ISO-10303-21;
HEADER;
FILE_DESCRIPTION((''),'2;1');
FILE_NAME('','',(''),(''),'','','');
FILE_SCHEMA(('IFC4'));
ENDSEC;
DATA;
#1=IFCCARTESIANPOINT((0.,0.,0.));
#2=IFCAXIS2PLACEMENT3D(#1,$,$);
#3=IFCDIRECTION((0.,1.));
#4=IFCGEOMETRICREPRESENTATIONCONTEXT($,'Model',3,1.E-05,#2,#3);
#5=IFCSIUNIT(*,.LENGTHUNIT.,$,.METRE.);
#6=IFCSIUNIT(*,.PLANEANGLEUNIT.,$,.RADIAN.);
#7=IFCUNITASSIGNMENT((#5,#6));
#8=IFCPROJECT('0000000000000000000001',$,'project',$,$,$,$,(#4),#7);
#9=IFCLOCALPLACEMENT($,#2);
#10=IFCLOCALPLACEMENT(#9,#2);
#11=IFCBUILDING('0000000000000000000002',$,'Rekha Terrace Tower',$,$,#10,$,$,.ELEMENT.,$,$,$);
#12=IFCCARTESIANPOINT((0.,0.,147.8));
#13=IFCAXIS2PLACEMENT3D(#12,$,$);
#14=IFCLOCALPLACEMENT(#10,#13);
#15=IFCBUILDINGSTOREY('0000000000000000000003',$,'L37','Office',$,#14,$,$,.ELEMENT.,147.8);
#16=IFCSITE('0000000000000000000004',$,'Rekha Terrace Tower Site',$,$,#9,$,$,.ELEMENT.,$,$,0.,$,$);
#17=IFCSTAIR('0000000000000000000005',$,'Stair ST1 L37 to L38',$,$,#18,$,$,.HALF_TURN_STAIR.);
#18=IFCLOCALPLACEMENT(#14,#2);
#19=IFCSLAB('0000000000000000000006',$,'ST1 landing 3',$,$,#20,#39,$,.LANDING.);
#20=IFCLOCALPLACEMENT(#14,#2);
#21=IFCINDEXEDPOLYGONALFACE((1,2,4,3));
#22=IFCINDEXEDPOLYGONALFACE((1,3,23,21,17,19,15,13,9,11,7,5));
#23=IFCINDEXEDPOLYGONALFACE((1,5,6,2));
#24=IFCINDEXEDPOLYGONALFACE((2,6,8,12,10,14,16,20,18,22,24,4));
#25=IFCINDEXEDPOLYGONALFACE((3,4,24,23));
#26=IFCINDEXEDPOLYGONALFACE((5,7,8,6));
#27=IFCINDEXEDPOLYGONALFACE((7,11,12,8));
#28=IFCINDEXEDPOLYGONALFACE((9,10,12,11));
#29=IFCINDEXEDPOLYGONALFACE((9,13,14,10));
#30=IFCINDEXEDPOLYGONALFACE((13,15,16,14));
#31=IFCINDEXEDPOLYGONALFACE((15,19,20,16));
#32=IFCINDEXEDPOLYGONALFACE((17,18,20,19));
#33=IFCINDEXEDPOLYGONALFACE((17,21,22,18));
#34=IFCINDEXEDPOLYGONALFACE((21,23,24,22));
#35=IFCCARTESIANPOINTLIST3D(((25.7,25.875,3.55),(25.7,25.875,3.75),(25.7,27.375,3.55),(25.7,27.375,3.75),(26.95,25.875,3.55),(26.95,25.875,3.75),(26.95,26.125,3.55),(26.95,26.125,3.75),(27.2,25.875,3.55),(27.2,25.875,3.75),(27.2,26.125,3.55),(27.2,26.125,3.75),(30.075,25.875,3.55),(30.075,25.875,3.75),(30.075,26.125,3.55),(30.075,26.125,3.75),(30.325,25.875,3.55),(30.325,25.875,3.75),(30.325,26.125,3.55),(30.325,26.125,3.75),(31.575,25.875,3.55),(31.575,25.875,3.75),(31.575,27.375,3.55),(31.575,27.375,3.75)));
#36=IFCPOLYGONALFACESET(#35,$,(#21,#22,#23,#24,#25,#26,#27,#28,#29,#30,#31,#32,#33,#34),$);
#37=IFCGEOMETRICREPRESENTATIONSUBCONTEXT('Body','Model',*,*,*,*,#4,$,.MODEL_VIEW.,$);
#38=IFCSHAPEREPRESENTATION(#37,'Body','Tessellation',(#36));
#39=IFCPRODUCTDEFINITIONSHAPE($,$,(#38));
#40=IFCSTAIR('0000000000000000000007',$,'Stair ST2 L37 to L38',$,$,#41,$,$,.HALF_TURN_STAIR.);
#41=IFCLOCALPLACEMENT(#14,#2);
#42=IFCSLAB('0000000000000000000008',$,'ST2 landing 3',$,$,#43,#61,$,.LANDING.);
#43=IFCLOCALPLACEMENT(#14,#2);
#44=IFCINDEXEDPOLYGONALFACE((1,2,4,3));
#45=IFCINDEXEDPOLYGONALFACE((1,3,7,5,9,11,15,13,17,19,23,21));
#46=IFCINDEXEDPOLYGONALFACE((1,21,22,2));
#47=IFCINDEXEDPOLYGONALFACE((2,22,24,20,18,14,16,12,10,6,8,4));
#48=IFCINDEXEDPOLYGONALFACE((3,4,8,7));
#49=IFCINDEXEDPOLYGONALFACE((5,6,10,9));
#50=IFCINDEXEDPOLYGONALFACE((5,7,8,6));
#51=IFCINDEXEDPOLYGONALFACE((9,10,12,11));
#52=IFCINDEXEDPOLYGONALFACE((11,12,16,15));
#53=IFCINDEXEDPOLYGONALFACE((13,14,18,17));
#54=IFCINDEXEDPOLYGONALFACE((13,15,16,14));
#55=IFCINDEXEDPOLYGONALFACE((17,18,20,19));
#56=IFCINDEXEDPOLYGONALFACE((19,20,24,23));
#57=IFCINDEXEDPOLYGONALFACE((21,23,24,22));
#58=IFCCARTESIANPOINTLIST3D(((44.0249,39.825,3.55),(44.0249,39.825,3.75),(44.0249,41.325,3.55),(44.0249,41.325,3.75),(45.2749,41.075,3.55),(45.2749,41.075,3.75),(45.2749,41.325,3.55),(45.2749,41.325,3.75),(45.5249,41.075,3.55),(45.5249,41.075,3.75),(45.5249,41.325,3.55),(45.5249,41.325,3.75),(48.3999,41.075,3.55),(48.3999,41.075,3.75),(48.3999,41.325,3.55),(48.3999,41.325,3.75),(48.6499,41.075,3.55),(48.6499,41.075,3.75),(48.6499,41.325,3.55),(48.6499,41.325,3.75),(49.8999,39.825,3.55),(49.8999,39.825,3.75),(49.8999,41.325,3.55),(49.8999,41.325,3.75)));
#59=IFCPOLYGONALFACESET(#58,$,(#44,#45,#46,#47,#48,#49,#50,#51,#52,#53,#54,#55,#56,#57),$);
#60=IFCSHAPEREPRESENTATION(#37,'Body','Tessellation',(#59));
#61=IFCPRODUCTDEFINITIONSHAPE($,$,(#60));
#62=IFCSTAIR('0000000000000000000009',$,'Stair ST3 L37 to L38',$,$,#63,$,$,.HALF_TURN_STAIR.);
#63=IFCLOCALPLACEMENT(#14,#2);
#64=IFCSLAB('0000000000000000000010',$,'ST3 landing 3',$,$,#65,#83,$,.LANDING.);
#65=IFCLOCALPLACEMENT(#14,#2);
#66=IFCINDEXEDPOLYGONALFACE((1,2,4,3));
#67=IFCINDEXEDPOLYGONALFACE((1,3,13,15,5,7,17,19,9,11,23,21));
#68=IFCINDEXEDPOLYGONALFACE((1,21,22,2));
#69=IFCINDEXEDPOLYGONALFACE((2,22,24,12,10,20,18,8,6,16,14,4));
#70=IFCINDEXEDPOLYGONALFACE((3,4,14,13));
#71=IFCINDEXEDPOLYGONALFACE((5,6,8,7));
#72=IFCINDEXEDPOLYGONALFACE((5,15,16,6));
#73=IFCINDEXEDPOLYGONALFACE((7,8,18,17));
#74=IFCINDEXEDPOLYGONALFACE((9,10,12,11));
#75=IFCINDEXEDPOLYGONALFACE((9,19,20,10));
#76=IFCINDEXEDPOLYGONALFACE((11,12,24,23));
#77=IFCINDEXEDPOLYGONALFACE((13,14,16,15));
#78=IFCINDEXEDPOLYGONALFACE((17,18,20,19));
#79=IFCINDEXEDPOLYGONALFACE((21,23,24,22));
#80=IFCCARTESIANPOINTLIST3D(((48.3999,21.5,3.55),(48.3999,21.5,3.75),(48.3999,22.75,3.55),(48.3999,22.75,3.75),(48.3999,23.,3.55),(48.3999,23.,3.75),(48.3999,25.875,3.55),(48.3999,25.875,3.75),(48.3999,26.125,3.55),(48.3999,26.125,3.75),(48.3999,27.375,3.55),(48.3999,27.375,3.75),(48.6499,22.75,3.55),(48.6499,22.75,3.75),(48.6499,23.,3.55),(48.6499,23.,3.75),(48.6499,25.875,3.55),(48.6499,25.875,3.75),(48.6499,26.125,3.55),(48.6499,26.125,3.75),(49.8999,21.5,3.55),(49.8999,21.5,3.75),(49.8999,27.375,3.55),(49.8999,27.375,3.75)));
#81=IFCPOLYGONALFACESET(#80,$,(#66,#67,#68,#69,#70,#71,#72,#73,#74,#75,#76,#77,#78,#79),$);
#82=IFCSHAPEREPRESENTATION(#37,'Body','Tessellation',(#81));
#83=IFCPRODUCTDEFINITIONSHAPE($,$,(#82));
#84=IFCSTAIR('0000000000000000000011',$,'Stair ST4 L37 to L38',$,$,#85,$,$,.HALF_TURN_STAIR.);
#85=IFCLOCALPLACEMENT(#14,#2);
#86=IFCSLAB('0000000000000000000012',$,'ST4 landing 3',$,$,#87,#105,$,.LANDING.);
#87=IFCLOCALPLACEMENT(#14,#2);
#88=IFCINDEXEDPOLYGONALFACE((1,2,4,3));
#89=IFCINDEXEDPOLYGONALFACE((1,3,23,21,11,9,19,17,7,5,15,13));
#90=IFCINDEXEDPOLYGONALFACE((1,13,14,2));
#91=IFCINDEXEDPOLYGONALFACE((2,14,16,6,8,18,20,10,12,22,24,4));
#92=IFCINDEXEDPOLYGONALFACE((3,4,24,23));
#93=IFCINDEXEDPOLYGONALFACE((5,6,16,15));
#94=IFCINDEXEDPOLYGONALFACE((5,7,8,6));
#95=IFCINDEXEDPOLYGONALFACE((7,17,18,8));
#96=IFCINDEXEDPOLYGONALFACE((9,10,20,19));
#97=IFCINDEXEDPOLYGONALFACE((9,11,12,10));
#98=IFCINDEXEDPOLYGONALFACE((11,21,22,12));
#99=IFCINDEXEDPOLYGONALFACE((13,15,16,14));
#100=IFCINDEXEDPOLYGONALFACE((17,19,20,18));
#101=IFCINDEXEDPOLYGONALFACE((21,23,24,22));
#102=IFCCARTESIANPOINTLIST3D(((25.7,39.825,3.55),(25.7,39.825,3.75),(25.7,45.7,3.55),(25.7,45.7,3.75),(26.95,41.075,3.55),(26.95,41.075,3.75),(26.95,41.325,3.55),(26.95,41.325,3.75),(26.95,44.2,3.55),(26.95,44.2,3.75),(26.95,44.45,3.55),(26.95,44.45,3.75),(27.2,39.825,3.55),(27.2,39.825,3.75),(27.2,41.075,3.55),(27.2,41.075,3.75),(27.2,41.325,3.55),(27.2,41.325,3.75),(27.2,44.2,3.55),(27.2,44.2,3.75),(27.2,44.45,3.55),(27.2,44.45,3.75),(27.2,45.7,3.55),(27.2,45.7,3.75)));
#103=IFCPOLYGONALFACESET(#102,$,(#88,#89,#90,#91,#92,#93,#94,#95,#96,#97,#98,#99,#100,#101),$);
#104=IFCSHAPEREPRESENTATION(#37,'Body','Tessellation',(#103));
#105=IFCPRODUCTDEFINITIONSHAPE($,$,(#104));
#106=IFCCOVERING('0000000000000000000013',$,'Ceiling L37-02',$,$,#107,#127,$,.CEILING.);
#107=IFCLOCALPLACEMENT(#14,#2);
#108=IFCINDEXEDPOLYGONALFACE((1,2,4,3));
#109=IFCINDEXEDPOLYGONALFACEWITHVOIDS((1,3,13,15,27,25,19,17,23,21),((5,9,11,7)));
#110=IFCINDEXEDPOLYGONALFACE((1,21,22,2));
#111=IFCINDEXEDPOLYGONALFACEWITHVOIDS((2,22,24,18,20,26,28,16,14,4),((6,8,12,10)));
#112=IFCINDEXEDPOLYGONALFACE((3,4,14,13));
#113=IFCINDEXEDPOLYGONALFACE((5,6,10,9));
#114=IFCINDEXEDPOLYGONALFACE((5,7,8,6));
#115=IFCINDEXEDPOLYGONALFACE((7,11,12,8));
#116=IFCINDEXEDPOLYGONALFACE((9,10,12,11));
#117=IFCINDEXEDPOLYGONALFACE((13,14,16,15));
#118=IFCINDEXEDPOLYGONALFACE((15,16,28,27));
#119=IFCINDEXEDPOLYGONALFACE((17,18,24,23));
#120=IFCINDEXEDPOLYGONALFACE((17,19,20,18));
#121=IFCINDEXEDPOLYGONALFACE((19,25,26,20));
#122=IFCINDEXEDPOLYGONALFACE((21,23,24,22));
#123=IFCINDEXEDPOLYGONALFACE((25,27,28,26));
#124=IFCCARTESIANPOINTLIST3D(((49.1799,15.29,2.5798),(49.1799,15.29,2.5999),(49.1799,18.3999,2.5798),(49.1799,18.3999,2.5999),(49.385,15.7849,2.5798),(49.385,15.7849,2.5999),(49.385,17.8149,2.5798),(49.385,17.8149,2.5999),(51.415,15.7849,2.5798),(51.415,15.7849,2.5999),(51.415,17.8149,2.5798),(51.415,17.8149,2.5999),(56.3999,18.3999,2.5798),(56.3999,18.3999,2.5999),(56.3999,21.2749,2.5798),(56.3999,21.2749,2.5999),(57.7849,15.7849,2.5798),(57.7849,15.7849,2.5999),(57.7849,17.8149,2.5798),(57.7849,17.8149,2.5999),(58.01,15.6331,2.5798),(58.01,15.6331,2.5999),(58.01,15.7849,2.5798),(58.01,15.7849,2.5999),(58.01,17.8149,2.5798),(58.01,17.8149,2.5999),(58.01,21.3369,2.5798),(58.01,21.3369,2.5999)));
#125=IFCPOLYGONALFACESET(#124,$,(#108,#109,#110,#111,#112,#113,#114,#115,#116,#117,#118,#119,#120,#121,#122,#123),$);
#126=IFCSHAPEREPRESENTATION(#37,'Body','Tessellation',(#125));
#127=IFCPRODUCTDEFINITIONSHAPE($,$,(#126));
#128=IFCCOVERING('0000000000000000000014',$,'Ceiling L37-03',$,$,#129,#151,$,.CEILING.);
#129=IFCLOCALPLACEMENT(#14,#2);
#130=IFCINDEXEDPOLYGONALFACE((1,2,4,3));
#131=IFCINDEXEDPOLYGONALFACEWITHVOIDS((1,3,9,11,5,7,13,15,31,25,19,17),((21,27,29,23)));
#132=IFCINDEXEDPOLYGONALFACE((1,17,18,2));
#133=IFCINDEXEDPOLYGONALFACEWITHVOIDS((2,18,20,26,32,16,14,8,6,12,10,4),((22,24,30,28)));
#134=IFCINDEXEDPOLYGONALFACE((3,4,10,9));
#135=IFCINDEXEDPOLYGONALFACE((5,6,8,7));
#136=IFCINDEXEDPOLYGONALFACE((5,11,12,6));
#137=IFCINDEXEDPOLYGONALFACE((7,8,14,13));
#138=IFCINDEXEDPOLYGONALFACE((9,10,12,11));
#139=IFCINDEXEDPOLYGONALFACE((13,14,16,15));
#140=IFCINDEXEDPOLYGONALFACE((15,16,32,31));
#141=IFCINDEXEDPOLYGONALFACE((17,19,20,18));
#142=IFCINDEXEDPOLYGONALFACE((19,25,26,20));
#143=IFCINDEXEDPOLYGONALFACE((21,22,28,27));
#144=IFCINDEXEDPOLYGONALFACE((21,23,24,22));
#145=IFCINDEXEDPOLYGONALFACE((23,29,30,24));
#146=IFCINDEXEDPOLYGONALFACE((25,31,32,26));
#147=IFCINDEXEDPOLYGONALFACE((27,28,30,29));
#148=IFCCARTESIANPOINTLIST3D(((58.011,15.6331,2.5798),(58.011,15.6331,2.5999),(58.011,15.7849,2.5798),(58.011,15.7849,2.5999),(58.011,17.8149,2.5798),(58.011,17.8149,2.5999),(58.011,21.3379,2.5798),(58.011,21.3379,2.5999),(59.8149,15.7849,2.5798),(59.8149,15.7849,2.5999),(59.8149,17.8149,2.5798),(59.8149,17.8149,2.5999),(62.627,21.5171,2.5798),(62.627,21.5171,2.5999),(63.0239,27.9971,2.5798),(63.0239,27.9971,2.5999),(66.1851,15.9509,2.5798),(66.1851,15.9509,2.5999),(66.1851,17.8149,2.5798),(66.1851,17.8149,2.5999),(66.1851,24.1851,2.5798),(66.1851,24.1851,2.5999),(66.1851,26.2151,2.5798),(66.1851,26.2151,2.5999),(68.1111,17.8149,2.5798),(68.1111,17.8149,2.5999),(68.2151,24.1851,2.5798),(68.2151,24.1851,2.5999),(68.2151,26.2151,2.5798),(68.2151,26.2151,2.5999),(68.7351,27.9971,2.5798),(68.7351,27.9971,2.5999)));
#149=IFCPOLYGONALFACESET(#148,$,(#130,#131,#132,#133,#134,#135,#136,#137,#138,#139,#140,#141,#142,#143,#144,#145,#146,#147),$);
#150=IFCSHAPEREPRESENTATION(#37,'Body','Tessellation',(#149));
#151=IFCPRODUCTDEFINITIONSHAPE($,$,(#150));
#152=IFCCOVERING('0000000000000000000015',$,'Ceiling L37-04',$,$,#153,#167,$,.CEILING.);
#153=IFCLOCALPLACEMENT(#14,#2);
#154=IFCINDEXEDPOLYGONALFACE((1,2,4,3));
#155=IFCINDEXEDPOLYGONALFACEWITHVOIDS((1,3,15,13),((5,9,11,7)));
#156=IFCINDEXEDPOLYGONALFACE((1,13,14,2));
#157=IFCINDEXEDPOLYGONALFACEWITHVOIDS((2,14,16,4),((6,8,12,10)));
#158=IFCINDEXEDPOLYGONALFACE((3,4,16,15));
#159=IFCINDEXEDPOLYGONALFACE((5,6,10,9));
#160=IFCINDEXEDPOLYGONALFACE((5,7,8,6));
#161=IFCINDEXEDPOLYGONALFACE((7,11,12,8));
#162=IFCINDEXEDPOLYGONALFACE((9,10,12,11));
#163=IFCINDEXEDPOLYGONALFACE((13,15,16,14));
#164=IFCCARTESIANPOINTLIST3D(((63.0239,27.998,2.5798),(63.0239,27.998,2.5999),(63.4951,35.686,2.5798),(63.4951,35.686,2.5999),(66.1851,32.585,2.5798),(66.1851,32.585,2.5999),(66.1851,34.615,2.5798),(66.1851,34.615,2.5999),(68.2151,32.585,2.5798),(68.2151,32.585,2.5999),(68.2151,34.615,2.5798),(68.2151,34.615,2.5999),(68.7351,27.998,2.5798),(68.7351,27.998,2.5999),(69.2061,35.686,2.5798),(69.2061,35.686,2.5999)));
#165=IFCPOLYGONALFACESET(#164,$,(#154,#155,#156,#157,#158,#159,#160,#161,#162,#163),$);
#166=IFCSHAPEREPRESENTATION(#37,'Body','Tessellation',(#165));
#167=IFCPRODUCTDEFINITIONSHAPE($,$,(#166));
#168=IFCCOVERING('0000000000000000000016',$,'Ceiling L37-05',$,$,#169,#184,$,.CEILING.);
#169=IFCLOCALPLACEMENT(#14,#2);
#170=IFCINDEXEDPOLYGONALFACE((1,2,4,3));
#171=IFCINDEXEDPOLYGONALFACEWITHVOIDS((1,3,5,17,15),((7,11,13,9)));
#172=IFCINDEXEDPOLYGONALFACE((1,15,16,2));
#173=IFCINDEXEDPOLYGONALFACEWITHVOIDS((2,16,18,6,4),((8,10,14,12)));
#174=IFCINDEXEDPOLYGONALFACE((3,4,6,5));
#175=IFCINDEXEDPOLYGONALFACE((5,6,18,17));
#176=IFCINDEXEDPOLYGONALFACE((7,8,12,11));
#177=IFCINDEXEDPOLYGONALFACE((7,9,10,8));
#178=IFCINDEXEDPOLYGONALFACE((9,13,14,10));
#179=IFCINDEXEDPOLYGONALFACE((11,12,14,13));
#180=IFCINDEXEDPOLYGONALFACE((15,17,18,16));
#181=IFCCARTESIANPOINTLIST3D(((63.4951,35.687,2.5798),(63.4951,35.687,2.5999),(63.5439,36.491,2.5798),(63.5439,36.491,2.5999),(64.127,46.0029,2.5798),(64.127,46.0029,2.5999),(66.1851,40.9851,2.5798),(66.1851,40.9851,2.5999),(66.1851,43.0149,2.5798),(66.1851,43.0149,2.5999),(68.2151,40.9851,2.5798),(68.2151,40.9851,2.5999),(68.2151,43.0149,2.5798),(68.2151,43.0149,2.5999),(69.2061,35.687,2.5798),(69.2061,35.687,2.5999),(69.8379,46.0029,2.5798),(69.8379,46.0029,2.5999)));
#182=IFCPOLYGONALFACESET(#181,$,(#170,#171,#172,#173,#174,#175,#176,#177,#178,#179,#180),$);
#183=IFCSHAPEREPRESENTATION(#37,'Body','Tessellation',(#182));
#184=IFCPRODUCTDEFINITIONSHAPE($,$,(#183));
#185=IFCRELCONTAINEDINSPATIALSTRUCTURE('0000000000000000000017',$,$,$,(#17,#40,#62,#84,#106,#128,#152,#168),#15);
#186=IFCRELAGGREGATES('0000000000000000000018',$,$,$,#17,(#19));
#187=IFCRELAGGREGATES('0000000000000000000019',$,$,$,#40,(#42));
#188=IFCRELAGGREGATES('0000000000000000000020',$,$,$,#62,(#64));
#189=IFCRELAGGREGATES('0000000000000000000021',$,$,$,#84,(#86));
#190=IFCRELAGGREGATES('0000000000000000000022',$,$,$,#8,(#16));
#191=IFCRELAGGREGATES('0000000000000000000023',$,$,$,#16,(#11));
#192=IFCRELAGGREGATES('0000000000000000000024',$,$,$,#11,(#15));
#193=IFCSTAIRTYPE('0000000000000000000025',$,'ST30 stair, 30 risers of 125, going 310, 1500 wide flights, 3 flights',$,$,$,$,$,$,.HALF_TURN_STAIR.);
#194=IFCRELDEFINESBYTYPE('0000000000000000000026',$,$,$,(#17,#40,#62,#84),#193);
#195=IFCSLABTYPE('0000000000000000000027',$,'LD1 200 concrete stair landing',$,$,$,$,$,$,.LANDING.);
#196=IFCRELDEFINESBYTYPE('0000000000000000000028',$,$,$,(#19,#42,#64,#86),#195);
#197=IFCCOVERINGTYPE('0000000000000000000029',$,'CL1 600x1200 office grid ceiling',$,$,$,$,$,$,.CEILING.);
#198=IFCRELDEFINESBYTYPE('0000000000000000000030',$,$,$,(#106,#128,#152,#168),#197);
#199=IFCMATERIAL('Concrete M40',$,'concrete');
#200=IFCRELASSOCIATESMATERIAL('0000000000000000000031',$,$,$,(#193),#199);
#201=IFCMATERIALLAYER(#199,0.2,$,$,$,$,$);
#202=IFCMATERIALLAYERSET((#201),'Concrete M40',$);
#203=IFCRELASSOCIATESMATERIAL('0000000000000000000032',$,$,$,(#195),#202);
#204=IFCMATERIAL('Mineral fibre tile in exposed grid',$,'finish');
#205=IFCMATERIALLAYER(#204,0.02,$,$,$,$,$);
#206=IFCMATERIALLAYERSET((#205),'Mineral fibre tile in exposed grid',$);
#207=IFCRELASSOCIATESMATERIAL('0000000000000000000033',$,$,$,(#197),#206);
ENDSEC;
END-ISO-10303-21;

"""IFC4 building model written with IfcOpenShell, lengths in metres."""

from ifc_helpers import new_model, si_unit, direction, frame, origin, place, context, subcontext, project, spatial, polyline, outline, extrude, material, layer, layer_set, type_object, element, aggregate, save


model = new_model("IFC4")

# Units and contexts
model_context = context("Model", 3, precision=1e-05, world=origin(), true_north=direction((0.0, 1.0)))
body_context = subcontext(model_context, "Body", "Model", "MODEL_VIEW")
ifc_project = project(units=[si_unit("LENGTHUNIT", "METRE"), si_unit("PLANEANGLEUNIT", "RADIAN")], contexts=[model_context])

# Site, building, storey
site_placement = place(None, origin())
site = spatial("IfcSite", under=ifc_project, at=site_placement, Name="Rekha Terrace Tower Site", CompositionType="ELEMENT", RefElevation=0.0)
building_placement = place(site_placement, origin())
building = spatial("IfcBuilding", under=site, at=building_placement, Name="Rekha Terrace Tower", CompositionType="ELEMENT")
storey_placement = place(building_placement, frame((0.0, 0.0, 147.8)))
storey = spatial("IfcBuildingStorey", under=building, at=storey_placement, Name="L37", Description="Office", CompositionType="ELEMENT", Elevation=147.8)

# Stairs, slabs
ifc_material_1 = material(Name="Concrete M40", Category="concrete")
stair_type = type_object("IfcStairType", Name="ST30 stair, 30 risers of 125, going 310, 1500 wide flights, 3 flights", PredefinedType="HALF_TURN_STAIR", material=ifc_material_1)
stair_1_placement = place(storey_placement, origin())
stair_1 = element("IfcStair", 1, at=stair_1_placement, inside=storey, type_object=stair_type, Name="Stair ST1 L37 to L38", PredefinedType="HALF_TURN_STAIR")
ifc_layer_1 = layer(ifc_material_1, 0.2)
ifc_layer_set_1 = layer_set([ifc_layer_1], Name="Concrete M40")
slab_type = type_object("IfcSlabType", Name="LD1 200 concrete stair landing", PredefinedType="LANDING", material=ifc_layer_set_1)
slab_1_placement = place(storey_placement, frame((0.0, 0.0, 3.55)))
slab_1 = element("IfcSlab", 2, at=slab_1_placement, type_object=slab_type, Name="ST1 landing 3", PredefinedType="LANDING", context=body_context, shape_type="SweptSolid", body=[
    extrude(outline(polyline([(31.575, 25.875), (31.575, 27.375), (25.7, 27.375), (25.7, 25.875), (26.95, 25.875), (26.95, 26.125), (27.2, 26.125), (27.2, 25.875), (30.075, 25.875), (30.075, 26.125), (30.325, 26.125), (30.325, 25.875), (31.575, 25.875)])), origin(), (0.0, 0.0, 1.0), 0.2),
])
aggregate(stair_1, [slab_1])
stair_2_placement = place(storey_placement, origin())
stair_2 = element("IfcStair", 3, at=stair_2_placement, inside=storey, type_object=stair_type, Name="Stair ST2 L37 to L38", PredefinedType="HALF_TURN_STAIR")
slab_2_placement = place(storey_placement, frame((0.0, 0.0, 3.55)))
slab_2 = element("IfcSlab", 4, at=slab_2_placement, type_object=slab_type, Name="ST2 landing 3", PredefinedType="LANDING", context=body_context, shape_type="SweptSolid", body=[
    extrude(outline(polyline([(44.0249, 41.325), (44.0249, 39.825), (49.8999, 39.825), (49.8999, 41.325), (48.6499, 41.325), (48.6499, 41.075), (48.3999, 41.075), (48.3999, 41.325), (45.5249, 41.325), (45.5249, 41.075), (45.2749, 41.075), (45.2749, 41.325), (44.0249, 41.325)])), origin(), (0.0, 0.0, 1.0), 0.2),
])
aggregate(stair_2, [slab_2])
stair_3_placement = place(storey_placement, origin())
stair_3 = element("IfcStair", 5, at=stair_3_placement, inside=storey, type_object=stair_type, Name="Stair ST3 L37 to L38", PredefinedType="HALF_TURN_STAIR")
slab_3_placement = place(storey_placement, frame((0.0, 0.0, 3.55)))
slab_3 = element("IfcSlab", 6, at=slab_3_placement, type_object=slab_type, Name="ST3 landing 3", PredefinedType="LANDING", context=body_context, shape_type="SweptSolid", body=[
    extrude(outline(polyline([(48.3999, 21.5), (49.8999, 21.5), (49.8999, 27.375), (48.3999, 27.375), (48.3999, 26.125), (48.6499, 26.125), (48.6499, 25.875), (48.3999, 25.875), (48.3999, 23.0), (48.6499, 23.0), (48.6499, 22.75), (48.3999, 22.75), (48.3999, 21.5)])), origin(), (0.0, 0.0, 1.0), 0.2),
])
aggregate(stair_3, [slab_3])
stair_4_placement = place(storey_placement, origin())
stair_4 = element("IfcStair", 7, at=stair_4_placement, inside=storey, type_object=stair_type, Name="Stair ST4 L37 to L38", PredefinedType="HALF_TURN_STAIR")
slab_4_placement = place(storey_placement, frame((0.0, 0.0, 3.55)))
slab_4 = element("IfcSlab", 8, at=slab_4_placement, type_object=slab_type, Name="ST4 landing 3", PredefinedType="LANDING", context=body_context, shape_type="SweptSolid", body=[
    extrude(outline(polyline([(27.2, 39.825), (25.7, 39.825), (25.7, 45.7), (27.2, 45.7), (27.2, 44.45), (26.95, 44.45), (26.95, 44.2), (27.2, 44.2), (27.2, 41.325), (26.95, 41.325), (26.95, 41.075), (27.2, 41.075), (27.2, 39.825)])), origin(), (0.0, 0.0, 1.0), 0.2),
])
aggregate(stair_4, [slab_4])

# Coverings
ifc_material_2 = material(Name="Mineral fibre tile in exposed grid", Category="finish")
ifc_layer_2 = layer(ifc_material_2, 0.02)
ifc_layer_set_2 = layer_set([ifc_layer_2], Name="Mineral fibre tile in exposed grid")
covering_type_1 = type_object("IfcCoveringType", Name="CL1 600x1200 office grid ceiling", PredefinedType="CEILING", material=ifc_layer_set_2)
covering_1_placement = place(storey_placement, frame((0.0, 0.0, 2.5798)))
element("IfcCovering", 9, at=covering_1_placement, inside=storey, type_object=covering_type_1, Name="Ceiling L37-02", PredefinedType="CEILING", context=body_context, shape_type="SweptSolid", body=[
    extrude(outline(polyline([(58.01, 17.8149), (58.01, 21.3369), (56.3999, 21.2749), (56.3999, 18.3999), (49.1799, 18.3999), (49.1799, 15.29), (58.01, 15.6331), (58.01, 15.7849), (57.7849, 15.7849), (57.7849, 17.8149), (58.01, 17.8149)]), holes=[polyline([(51.415, 15.7849), (49.385, 15.7849), (49.385, 17.8149), (51.415, 17.8149), (51.415, 15.7849)])]), origin(), (0.0, 0.0, 1.0), 0.02),
])
covering_2_placement = place(storey_placement, frame((0.0, 0.0, 2.5798)))
element("IfcCovering", 10, at=covering_2_placement, inside=storey, type_object=covering_type_1, Name="Ceiling L37-03", PredefinedType="CEILING", context=body_context, shape_type="SweptSolid", body=[
    extrude(outline(polyline([(68.1111, 17.8149), (68.7351, 27.9971), (63.0239, 27.9971), (62.627, 21.5171), (58.011, 21.3379), (58.011, 17.8149), (59.8149, 17.8149), (59.8149, 15.7849), (58.011, 15.7849), (58.011, 15.6331), (66.1851, 15.9509), (66.1851, 17.8149), (68.1111, 17.8149)]), holes=[polyline([(68.2151, 24.1851), (66.1851, 24.1851), (66.1851, 26.2151), (68.2151, 26.2151), (68.2151, 24.1851)])]), origin(), (0.0, 0.0, 1.0), 0.02),
])
covering_3_placement = place(storey_placement, frame((0.0, 0.0, 2.5798)))
element("IfcCovering", 11, at=covering_3_placement, inside=storey, type_object=covering_type_1, Name="Ceiling L37-04", PredefinedType="CEILING", context=body_context, shape_type="SweptSolid", body=[
    extrude(outline(polyline([(63.0239, 27.998), (68.7351, 27.998), (69.2061, 35.686), (63.4951, 35.686), (63.0239, 27.998)]), holes=[polyline([(68.2151, 34.615), (68.2151, 32.585), (66.1851, 32.585), (66.1851, 34.615), (68.2151, 34.615)])]), origin(), (0.0, 0.0, 1.0), 0.02),
])
covering_4_placement = place(storey_placement, frame((0.0, 0.0, 2.5798)))
element("IfcCovering", 12, at=covering_4_placement, inside=storey, type_object=covering_type_1, Name="Ceiling L37-05", PredefinedType="CEILING", context=body_context, shape_type="SweptSolid", body=[
    extrude(outline(polyline([(69.8379, 46.0029), (64.127, 46.0029), (63.5439, 36.491), (63.4951, 35.687), (69.2061, 35.687), (69.8379, 46.0029)]), holes=[polyline([(68.2151, 40.9851), (66.1851, 40.9851), (66.1851, 43.0149), (68.2151, 43.0149), (68.2151, 40.9851)])]), origin(), (0.0, 0.0, 1.0), 0.02),
])

save(model, "model.ifc")
